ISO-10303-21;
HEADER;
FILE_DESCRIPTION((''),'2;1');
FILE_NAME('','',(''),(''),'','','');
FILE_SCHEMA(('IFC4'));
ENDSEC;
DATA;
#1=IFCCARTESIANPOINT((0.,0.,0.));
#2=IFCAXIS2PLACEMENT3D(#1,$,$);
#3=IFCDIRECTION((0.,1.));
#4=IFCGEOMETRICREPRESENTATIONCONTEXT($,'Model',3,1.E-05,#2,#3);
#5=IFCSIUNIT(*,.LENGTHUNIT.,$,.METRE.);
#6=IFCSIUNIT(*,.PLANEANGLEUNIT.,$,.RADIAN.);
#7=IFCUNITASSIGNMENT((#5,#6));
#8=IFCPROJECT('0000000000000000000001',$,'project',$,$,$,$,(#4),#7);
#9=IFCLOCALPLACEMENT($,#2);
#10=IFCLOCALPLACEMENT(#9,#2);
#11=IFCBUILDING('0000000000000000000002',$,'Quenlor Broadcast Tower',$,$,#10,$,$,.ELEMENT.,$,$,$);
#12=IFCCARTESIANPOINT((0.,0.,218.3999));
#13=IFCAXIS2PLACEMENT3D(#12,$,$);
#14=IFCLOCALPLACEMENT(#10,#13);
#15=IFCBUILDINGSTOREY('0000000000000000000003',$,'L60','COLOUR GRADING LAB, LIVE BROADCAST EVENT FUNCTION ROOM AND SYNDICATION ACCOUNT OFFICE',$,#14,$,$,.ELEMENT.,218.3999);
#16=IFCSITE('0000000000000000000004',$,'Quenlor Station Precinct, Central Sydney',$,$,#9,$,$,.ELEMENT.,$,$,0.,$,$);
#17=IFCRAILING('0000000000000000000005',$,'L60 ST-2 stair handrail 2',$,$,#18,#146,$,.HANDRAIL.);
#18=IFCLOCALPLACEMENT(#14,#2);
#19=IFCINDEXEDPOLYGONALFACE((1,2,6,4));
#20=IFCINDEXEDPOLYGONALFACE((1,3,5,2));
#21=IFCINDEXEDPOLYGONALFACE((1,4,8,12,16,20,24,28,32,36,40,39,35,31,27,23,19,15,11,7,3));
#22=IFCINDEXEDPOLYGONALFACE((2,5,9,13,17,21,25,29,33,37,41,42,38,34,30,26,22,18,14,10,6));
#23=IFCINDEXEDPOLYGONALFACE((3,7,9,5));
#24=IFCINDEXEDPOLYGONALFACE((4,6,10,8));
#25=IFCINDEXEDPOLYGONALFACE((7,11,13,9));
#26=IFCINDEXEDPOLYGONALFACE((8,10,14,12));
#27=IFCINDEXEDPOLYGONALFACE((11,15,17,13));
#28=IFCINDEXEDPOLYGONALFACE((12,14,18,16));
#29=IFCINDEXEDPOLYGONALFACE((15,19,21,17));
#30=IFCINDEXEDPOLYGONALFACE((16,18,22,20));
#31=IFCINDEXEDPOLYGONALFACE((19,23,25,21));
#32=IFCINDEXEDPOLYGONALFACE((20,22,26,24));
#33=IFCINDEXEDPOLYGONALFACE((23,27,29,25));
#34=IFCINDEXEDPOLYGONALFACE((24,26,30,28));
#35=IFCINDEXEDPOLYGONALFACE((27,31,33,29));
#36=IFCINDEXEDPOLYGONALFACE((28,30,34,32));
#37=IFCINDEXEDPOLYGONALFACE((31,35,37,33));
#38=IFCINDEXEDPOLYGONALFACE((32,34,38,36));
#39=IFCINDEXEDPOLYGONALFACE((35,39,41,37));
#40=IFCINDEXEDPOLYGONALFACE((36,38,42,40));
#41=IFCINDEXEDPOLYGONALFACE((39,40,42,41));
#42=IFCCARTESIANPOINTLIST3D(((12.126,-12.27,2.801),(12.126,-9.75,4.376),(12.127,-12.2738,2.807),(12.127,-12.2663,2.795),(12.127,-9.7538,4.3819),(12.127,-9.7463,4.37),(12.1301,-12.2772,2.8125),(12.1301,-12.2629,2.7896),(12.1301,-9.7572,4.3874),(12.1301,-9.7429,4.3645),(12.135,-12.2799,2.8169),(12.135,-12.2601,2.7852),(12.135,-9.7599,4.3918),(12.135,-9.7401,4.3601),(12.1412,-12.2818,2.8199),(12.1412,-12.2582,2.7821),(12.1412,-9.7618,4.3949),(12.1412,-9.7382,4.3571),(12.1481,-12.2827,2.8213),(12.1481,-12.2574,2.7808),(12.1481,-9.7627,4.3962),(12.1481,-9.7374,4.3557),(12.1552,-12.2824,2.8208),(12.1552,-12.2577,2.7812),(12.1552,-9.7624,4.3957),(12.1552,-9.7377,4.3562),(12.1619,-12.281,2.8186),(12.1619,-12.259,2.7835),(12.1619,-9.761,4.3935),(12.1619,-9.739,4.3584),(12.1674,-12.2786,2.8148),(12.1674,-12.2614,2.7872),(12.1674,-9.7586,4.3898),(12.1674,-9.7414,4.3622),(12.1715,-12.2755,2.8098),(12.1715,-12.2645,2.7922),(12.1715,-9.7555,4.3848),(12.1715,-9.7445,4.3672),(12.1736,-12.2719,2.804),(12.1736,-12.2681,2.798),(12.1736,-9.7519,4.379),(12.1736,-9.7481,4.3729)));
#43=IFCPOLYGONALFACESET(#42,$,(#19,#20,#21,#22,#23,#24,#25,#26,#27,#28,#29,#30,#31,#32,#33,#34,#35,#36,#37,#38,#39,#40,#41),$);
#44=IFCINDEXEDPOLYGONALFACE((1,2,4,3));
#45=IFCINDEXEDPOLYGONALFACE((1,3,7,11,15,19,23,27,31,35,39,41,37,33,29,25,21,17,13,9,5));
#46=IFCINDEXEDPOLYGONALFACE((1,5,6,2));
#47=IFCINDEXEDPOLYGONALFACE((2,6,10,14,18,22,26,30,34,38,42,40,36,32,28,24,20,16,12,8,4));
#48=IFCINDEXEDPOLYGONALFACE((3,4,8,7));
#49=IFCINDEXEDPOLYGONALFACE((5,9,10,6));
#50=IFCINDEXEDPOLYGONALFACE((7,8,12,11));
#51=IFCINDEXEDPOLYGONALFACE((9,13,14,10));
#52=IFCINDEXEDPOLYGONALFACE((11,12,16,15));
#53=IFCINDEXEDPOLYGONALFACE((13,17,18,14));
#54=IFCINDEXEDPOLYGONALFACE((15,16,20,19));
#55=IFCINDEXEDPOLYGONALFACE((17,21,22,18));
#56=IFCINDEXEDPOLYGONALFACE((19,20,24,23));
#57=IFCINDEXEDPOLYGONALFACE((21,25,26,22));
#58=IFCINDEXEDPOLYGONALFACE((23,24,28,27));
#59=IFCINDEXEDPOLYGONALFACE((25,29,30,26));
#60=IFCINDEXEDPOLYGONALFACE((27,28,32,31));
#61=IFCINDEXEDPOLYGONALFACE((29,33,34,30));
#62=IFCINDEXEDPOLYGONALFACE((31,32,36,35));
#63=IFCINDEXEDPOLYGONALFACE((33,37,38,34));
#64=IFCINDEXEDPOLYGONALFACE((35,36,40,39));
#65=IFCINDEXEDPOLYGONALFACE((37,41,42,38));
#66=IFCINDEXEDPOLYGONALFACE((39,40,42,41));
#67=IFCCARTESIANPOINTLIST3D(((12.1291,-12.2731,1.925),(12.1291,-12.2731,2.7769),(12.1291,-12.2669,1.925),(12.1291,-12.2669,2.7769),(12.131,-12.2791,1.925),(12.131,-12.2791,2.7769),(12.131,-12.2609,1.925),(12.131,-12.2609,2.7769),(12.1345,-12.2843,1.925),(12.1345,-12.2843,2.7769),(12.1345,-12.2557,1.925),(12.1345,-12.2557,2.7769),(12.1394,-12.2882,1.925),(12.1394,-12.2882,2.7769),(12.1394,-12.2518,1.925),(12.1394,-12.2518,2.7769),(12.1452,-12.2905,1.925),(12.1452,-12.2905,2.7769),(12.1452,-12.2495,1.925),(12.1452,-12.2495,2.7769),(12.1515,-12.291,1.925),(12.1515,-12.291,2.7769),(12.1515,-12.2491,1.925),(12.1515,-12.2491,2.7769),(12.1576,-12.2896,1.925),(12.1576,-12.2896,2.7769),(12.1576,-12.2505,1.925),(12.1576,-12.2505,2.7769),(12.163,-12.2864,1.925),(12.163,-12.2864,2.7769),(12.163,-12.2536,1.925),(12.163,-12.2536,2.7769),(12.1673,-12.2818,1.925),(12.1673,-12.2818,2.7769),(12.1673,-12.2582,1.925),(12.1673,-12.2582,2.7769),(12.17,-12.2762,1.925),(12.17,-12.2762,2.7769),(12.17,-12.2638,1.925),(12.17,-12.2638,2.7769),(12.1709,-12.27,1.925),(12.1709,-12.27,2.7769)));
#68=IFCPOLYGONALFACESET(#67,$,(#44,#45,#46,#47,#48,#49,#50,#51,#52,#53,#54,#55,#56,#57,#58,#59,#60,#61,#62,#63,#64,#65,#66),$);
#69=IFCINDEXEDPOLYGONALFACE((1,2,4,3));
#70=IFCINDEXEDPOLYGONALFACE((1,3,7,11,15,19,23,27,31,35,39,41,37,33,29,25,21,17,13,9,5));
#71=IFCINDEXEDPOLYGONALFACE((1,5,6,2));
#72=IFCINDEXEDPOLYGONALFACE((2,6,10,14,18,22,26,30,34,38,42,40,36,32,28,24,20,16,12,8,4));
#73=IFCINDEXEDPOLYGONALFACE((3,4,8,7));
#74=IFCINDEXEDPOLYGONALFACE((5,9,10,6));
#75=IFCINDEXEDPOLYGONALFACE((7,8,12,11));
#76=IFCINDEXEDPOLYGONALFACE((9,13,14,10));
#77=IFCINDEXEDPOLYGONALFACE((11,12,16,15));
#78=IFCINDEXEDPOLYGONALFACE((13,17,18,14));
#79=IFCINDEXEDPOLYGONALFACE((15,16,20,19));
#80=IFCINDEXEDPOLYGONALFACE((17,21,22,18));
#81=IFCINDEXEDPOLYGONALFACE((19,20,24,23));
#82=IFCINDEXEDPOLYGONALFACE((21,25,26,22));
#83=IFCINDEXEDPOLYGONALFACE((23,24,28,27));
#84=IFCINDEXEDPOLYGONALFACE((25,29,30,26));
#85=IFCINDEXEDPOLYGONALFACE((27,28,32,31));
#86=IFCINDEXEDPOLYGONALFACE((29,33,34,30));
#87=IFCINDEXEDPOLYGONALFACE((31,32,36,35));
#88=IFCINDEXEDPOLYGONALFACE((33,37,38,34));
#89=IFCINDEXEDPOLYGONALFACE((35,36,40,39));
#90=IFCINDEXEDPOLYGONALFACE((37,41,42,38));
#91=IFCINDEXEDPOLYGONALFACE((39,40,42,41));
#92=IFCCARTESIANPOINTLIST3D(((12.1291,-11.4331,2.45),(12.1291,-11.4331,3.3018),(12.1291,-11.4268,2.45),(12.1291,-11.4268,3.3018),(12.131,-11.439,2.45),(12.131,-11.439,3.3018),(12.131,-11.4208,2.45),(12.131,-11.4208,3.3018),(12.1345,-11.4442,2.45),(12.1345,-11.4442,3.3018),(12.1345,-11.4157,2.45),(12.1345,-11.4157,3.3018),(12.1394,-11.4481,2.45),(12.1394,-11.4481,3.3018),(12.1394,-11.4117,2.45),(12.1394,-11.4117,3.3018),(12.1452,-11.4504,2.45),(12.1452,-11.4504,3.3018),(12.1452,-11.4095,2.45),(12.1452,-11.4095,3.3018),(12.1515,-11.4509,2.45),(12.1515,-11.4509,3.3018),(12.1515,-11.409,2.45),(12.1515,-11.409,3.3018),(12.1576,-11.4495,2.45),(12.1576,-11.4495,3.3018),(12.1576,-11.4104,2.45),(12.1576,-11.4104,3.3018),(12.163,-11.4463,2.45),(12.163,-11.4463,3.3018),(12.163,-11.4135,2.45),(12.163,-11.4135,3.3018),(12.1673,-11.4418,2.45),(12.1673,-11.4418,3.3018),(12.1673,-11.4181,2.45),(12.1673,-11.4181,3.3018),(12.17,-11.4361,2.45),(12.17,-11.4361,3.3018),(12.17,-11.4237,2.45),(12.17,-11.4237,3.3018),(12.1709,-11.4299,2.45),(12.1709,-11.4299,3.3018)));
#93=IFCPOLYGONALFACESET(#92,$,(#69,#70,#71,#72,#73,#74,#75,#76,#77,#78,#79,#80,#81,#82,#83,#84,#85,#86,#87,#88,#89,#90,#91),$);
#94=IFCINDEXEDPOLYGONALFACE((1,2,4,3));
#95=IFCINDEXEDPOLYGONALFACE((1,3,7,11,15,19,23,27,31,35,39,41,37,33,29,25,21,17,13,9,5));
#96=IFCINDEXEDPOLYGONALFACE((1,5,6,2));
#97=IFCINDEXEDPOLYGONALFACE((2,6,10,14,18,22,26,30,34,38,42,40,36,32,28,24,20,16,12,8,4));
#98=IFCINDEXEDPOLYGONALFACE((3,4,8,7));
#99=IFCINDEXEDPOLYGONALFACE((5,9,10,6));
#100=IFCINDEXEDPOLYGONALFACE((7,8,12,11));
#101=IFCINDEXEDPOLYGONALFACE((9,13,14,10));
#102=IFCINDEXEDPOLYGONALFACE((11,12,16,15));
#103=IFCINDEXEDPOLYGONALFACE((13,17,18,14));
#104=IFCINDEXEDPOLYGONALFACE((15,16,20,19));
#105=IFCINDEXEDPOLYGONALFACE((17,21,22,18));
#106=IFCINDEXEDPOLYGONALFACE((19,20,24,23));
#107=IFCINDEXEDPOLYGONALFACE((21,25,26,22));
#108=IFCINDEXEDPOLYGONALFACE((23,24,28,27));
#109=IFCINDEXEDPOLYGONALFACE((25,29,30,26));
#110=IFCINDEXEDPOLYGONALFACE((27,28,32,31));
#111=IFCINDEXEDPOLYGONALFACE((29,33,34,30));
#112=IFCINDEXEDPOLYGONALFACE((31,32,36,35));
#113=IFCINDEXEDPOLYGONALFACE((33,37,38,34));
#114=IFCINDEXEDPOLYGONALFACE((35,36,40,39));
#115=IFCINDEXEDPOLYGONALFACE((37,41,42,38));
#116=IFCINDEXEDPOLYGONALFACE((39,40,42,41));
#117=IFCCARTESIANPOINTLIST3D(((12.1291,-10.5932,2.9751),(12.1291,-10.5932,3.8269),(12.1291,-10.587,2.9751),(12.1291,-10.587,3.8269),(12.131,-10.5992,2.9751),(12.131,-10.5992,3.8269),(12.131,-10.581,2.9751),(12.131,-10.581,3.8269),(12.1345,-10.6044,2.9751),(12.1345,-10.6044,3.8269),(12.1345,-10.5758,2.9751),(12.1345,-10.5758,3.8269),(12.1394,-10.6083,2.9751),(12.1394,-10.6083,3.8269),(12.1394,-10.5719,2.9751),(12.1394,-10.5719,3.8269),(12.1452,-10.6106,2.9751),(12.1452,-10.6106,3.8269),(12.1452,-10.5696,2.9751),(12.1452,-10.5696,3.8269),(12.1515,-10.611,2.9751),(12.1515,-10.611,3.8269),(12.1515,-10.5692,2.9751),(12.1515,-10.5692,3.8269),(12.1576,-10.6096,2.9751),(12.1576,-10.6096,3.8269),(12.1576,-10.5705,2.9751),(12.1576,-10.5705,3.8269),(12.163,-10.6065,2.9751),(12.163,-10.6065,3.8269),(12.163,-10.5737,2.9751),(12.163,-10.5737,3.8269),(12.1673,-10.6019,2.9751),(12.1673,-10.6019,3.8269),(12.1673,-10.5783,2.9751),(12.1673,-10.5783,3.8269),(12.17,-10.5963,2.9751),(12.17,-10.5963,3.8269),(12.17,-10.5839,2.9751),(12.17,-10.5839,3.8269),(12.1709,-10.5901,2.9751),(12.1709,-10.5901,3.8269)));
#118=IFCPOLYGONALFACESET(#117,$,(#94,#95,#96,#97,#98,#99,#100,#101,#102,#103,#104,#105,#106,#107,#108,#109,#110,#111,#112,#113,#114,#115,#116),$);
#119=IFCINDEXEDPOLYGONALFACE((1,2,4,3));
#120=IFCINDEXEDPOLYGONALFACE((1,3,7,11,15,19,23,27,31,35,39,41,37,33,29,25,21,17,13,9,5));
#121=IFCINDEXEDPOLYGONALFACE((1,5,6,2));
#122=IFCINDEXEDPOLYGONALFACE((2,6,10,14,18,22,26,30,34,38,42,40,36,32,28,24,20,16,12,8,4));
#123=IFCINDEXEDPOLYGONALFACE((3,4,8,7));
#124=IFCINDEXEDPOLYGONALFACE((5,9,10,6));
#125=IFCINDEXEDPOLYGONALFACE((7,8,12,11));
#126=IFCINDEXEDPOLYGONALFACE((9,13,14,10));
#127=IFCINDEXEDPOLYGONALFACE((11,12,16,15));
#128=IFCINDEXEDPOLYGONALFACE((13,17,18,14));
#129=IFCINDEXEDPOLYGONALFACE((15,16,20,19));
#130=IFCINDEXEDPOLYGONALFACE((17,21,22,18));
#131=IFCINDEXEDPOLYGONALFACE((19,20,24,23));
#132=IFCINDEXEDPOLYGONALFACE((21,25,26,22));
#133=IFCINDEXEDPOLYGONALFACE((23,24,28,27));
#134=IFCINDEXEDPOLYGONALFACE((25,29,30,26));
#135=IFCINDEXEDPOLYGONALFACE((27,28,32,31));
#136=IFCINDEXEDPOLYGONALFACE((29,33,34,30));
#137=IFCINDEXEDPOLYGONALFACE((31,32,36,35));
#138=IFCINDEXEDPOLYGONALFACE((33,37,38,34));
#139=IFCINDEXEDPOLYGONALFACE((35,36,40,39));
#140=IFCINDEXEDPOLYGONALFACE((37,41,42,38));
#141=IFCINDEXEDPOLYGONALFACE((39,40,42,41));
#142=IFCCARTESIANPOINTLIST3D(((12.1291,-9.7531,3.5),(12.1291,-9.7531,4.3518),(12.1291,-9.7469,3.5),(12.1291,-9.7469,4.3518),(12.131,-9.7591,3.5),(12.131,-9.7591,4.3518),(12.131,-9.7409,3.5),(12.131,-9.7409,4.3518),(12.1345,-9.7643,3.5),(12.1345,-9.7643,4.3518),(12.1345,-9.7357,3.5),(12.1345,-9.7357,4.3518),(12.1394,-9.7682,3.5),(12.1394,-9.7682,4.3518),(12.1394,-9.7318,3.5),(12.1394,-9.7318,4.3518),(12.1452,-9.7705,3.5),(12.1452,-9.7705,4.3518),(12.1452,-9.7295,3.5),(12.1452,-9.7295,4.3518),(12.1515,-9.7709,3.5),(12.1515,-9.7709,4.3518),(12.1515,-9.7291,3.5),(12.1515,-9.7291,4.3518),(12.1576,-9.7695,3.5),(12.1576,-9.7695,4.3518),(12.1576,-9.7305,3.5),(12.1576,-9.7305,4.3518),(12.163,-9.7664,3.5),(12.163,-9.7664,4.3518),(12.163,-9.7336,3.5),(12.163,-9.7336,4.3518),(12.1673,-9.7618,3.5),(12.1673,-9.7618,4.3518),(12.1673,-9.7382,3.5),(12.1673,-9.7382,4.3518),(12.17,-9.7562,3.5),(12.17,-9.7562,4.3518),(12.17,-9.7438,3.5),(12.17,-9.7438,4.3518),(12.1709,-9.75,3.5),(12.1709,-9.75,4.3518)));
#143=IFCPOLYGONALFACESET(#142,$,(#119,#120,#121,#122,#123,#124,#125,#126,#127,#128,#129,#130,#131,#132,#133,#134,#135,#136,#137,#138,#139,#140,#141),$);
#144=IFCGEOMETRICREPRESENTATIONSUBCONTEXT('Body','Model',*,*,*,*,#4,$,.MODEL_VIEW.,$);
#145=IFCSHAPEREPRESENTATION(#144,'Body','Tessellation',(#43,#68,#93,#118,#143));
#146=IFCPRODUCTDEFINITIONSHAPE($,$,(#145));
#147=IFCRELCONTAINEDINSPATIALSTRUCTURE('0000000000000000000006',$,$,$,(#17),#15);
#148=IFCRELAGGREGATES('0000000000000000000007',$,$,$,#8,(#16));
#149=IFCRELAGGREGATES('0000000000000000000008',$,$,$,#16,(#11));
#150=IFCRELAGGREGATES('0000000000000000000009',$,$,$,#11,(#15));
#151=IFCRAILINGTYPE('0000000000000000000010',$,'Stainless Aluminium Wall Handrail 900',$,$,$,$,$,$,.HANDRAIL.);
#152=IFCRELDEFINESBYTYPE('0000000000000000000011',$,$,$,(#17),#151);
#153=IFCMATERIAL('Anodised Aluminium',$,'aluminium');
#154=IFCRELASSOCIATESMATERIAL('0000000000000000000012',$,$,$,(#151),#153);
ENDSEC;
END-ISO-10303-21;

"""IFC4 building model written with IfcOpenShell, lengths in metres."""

from ifc_helpers import new_model, si_unit, direction, frame, origin, origin_2d, place, context, subcontext, project, spatial, circle, extrude, material, type_object, element, save


model = new_model("IFC4")

# Units and contexts
model_context = context("Model", 3, precision=1e-05, world=origin(), true_north=direction((0.0, 1.0)))
body_context = subcontext(model_context, "Body", "Model", "MODEL_VIEW")
ifc_project = project(units=[si_unit("LENGTHUNIT", "METRE"), si_unit("PLANEANGLEUNIT", "RADIAN")], contexts=[model_context])

# Site, building, storey
site_placement = place(None, origin())
site = spatial("IfcSite", under=ifc_project, at=site_placement, Name="Quenlor Station Precinct, Central Sydney", CompositionType="ELEMENT", RefElevation=0.0)
building_placement = place(site_placement, origin())
building = spatial("IfcBuilding", under=site, at=building_placement, Name="Quenlor Broadcast Tower", CompositionType="ELEMENT")
storey_placement = place(building_placement, frame((0.0, 0.0, 218.3999)))
storey = spatial("IfcBuildingStorey", under=building, at=storey_placement, Name="L60", Description="COLOUR GRADING LAB, LIVE BROADCAST EVENT FUNCTION ROOM AND SYNDICATION ACCOUNT OFFICE", CompositionType="ELEMENT", Elevation=218.3999)

# Railing
ifc_material_1 = material(Name="Anodised Aluminium", Category="aluminium")
railing_type_1 = type_object("IfcRailingType", Name="Stainless Aluminium Wall Handrail 900", PredefinedType="HANDRAIL", material=ifc_material_1)
railing_1_placement = place(storey_placement, frame((12.1499, -12.27, 1.925)))
element("IfcRailing", 1, at=railing_1_placement, inside=storey, type_object=railing_type_1, Name="L60 ST-2 stair handrail 2", PredefinedType="HANDRAIL", context=body_context, shape_type="SweptSolid", body=[
    extrude(circle(Radius=0.0239, at=origin_2d()), frame((0.0, 0.0, 0.876), z_axis=(0.0, 0.848008, 0.529984), x_axis=(-1.0, 0.0, 0.0)), (0.0, 0.0, 1.0), 2.9717),
    extrude(circle(Radius=0.021, at=origin_2d()), origin(), (0.0, 0.0, 1.0), 0.8518),
    extrude(circle(Radius=0.021, at=origin_2d()), frame((0.0, 0.8401, 0.5249)), (0.0, 0.0, 1.0), 0.8518),
    extrude(circle(Radius=0.021, at=origin_2d()), frame((0.0, 1.6799, 1.05)), (0.0, 0.0, 1.0), 0.8518),
    extrude(circle(Radius=0.021, at=origin_2d()), frame((0.0, 2.52, 1.575)), (0.0, 0.0, 1.0), 0.8518),
])

save(model, "model.ifc")
